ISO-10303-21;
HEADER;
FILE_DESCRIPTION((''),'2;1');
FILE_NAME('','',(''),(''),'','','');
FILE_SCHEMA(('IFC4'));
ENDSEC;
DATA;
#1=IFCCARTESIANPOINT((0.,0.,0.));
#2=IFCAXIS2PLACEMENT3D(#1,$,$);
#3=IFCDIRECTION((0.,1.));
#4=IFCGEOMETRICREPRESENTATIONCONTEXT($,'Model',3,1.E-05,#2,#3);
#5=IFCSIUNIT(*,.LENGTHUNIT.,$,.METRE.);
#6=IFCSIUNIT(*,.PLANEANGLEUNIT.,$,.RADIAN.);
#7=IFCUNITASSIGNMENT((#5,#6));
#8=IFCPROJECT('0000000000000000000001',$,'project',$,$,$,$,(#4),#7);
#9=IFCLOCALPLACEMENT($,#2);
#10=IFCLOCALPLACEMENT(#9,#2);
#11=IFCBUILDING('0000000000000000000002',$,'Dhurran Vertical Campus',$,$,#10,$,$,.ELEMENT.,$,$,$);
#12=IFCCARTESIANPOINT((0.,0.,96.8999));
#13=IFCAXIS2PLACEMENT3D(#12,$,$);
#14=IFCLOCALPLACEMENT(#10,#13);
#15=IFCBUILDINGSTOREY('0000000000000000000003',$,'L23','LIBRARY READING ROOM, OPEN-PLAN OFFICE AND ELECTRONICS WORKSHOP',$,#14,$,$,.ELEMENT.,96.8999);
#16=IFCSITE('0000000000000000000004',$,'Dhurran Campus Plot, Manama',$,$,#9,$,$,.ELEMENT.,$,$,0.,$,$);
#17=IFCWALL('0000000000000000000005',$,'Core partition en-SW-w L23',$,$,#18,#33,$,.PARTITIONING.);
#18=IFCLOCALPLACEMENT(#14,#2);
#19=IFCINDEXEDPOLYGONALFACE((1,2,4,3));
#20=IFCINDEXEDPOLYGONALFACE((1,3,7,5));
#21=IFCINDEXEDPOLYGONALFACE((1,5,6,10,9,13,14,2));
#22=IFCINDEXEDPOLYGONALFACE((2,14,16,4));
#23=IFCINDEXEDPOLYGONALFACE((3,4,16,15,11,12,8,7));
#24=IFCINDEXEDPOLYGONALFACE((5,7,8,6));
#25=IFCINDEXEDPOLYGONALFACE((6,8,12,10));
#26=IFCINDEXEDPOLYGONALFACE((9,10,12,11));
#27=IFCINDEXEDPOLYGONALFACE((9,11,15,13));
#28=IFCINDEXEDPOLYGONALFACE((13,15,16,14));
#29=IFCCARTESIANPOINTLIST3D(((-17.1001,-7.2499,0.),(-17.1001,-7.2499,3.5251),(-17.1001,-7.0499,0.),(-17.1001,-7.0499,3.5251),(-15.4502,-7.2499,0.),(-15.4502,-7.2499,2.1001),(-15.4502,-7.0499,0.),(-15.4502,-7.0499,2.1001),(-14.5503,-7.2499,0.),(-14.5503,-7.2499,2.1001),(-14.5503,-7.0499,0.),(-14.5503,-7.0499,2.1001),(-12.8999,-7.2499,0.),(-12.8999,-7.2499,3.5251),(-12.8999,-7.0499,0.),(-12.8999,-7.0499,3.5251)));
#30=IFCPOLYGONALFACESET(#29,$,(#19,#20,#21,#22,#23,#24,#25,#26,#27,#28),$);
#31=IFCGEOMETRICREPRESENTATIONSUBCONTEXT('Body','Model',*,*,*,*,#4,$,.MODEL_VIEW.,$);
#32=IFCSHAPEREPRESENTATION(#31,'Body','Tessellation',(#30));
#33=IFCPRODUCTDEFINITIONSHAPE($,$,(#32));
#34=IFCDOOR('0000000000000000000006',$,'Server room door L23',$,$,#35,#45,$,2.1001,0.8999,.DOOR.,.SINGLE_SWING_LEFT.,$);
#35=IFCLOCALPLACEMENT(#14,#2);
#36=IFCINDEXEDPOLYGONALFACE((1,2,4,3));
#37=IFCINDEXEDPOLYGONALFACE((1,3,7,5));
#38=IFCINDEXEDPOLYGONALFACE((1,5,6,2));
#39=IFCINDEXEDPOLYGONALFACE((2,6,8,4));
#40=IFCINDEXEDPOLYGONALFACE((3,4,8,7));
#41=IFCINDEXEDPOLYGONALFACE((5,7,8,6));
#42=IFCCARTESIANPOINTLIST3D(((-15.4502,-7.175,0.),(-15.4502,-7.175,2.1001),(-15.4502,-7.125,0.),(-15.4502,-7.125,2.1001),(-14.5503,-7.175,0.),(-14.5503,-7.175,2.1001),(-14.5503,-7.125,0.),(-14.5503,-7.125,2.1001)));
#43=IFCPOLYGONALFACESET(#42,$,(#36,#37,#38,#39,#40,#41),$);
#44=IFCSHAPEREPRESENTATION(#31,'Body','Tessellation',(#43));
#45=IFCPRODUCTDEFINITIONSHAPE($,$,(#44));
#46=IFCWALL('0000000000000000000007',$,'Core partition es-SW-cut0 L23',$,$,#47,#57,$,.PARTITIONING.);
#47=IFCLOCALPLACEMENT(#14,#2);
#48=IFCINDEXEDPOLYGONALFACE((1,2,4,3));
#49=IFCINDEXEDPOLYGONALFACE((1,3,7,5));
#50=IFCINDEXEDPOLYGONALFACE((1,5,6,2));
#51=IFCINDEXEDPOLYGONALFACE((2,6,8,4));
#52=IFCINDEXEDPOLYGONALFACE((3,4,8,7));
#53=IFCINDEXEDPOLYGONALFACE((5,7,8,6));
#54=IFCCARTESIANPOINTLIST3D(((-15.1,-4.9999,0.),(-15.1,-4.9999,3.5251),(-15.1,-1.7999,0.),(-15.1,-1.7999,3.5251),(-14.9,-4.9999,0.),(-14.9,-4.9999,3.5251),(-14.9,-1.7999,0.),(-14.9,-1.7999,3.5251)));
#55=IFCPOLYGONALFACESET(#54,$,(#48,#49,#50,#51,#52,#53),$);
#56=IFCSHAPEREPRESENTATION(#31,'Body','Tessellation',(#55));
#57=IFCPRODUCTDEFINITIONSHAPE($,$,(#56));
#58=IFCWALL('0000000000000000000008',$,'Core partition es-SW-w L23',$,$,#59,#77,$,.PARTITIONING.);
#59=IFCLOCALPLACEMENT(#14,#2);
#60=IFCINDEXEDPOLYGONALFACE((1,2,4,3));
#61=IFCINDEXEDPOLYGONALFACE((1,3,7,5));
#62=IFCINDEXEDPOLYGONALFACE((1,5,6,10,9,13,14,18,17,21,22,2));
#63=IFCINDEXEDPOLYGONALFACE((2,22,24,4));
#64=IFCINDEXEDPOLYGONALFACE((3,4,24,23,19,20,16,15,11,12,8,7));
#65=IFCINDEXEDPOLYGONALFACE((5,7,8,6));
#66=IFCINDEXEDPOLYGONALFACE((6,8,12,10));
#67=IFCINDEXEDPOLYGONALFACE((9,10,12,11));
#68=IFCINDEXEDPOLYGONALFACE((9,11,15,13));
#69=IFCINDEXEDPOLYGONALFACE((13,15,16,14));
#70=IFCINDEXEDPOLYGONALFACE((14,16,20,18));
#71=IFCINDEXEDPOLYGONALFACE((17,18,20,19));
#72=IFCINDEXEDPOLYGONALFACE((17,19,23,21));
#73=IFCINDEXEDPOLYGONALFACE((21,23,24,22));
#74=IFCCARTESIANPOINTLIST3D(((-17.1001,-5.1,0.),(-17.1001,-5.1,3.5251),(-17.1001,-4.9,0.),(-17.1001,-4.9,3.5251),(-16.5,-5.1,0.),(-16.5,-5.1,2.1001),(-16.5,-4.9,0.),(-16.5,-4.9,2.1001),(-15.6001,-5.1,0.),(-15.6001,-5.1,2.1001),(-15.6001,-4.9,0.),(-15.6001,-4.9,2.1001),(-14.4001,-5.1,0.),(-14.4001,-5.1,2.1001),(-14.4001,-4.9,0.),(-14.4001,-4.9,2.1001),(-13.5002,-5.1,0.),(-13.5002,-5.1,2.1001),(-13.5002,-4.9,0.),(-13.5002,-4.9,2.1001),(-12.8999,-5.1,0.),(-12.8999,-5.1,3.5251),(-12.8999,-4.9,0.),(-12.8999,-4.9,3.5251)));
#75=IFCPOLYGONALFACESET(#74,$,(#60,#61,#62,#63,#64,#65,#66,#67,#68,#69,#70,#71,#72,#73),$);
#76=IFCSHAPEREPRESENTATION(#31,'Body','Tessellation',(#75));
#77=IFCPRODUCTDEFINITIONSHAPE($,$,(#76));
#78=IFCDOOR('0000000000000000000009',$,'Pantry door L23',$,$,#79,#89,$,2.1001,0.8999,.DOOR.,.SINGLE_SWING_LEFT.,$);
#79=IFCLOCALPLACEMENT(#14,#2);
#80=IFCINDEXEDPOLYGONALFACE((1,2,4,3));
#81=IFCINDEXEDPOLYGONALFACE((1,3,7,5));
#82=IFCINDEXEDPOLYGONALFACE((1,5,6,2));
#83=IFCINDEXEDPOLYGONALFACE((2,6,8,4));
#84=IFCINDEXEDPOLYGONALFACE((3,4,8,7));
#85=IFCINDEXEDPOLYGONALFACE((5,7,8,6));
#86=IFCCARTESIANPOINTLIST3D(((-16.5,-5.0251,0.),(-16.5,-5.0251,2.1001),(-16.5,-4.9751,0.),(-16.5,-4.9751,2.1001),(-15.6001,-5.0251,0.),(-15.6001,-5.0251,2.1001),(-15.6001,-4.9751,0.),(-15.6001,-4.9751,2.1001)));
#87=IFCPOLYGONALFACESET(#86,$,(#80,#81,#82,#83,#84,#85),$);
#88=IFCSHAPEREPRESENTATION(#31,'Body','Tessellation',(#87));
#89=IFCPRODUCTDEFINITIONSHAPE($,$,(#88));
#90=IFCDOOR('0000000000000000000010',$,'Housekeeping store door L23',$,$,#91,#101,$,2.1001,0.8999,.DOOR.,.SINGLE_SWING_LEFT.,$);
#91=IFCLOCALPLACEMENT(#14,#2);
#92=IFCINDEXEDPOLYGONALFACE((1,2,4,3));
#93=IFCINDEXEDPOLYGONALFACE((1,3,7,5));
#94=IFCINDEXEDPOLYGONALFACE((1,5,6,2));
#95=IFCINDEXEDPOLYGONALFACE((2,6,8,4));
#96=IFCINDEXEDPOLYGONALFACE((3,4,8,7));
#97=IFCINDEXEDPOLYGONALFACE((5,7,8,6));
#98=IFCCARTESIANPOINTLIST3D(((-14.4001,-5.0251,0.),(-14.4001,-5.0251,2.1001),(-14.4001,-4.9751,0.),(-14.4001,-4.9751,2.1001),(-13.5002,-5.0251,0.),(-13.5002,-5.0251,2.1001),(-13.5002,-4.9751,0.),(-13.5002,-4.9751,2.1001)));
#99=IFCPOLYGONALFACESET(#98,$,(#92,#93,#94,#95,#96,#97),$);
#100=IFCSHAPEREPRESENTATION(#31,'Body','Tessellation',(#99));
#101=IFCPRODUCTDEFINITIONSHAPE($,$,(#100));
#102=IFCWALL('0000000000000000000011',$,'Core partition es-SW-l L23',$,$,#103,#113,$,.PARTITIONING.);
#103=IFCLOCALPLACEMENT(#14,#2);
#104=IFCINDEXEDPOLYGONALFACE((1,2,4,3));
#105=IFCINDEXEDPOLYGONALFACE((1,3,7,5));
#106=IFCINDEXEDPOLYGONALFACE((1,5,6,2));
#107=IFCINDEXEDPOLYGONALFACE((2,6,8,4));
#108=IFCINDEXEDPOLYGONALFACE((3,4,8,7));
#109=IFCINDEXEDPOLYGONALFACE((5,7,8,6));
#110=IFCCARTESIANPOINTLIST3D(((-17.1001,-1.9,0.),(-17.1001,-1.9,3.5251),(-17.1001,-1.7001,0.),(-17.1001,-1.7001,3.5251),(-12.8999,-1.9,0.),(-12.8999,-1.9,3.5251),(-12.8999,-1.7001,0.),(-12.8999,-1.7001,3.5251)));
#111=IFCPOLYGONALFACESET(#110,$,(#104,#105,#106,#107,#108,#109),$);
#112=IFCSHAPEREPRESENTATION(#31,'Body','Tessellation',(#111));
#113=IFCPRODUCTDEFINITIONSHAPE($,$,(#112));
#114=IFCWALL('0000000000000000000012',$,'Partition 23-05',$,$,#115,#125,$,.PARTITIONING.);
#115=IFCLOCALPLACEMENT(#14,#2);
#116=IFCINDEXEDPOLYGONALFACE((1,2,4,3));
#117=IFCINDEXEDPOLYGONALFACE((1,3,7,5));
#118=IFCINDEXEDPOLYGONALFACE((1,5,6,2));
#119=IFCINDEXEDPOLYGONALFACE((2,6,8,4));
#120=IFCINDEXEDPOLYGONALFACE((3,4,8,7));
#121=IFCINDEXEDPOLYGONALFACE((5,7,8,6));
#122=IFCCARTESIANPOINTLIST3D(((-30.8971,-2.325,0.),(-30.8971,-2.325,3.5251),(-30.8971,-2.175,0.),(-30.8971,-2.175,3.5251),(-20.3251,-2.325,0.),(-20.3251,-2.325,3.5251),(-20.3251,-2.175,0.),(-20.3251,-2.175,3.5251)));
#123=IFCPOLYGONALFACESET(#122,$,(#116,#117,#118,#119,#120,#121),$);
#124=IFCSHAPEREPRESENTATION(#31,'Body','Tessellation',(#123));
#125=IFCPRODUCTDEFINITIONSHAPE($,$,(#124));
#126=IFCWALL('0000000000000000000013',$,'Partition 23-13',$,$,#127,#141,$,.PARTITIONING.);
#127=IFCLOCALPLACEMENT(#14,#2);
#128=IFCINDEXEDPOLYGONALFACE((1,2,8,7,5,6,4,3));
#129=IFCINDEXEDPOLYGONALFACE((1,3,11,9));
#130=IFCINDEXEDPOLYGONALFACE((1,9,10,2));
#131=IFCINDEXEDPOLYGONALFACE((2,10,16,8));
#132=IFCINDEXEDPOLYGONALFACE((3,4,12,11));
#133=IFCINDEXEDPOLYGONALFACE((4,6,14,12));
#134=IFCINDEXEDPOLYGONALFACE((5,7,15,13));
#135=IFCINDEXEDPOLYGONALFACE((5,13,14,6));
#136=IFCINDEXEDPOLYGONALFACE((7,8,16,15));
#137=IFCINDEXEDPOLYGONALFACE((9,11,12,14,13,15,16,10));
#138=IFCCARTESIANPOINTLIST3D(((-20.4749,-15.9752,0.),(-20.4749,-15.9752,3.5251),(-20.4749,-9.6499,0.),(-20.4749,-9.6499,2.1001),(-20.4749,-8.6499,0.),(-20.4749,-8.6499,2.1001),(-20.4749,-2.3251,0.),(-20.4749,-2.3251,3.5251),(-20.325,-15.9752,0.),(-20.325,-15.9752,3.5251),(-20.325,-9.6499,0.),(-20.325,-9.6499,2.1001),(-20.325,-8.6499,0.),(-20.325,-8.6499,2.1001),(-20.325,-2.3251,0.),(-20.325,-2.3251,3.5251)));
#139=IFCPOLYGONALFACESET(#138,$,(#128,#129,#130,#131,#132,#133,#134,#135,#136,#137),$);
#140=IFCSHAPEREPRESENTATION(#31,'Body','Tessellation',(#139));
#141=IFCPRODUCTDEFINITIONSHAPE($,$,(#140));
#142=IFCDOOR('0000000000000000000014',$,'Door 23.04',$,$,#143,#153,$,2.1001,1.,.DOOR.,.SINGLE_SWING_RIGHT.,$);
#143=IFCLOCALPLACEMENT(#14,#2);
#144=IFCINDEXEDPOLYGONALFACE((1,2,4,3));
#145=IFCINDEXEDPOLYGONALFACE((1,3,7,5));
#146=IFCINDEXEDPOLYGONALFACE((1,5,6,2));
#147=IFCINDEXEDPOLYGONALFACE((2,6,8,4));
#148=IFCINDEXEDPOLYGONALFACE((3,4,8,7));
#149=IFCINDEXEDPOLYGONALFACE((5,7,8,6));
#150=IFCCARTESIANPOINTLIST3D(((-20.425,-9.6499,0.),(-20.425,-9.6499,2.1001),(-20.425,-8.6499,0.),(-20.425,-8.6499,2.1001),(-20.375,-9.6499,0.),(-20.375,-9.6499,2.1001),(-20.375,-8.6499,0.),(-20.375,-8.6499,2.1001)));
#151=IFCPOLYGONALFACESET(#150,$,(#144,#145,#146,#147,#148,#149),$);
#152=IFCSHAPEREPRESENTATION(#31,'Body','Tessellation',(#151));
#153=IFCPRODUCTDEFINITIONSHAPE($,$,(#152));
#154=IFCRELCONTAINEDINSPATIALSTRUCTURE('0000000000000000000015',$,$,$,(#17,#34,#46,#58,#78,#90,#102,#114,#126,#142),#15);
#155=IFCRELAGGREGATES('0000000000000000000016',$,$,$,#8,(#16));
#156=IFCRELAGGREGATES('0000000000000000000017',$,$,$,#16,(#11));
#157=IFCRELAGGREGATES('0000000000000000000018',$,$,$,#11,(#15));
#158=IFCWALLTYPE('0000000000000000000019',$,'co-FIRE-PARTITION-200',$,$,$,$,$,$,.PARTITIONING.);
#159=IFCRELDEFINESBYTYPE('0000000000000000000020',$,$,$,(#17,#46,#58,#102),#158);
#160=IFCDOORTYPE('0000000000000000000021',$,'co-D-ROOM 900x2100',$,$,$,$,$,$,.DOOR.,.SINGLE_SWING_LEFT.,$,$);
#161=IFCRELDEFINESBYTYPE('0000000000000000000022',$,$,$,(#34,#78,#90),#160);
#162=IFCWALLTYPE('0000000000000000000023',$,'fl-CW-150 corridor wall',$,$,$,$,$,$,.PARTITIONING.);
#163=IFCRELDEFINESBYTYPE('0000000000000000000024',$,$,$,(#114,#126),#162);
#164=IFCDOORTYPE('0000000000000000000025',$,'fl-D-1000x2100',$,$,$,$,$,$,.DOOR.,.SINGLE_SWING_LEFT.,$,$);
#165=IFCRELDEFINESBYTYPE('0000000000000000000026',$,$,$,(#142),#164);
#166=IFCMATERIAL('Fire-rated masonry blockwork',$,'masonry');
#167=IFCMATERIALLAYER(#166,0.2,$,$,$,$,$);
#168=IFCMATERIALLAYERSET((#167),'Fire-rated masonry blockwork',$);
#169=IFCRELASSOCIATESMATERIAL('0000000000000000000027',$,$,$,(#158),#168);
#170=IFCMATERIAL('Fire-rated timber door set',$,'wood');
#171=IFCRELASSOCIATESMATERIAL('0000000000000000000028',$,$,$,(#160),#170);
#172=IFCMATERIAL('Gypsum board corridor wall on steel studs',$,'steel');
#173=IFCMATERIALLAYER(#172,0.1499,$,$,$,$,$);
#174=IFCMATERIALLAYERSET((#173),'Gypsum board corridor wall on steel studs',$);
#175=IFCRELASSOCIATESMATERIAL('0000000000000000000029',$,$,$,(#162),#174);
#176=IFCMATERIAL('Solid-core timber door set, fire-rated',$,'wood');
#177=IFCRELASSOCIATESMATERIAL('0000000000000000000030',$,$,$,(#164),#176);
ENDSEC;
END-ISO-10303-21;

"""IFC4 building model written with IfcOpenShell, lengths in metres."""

from ifc_helpers import new_model, si_unit, direction, frame, frame_2d, origin, place, context, subcontext, project, spatial, rectangle, extrude, material, layer, layer_set, type_object, element, fill, save


model = new_model("IFC4")

# Units and contexts
model_context = context("Model", 3, precision=1e-05, world=origin(), true_north=direction((0.0, 1.0)))
body_context = subcontext(model_context, "Body", "Model", "MODEL_VIEW")
ifc_project = project(units=[si_unit("LENGTHUNIT", "METRE"), si_unit("PLANEANGLEUNIT", "RADIAN")], contexts=[model_context])

# Site, building, storey
site_placement = place(None, origin())
site = spatial("IfcSite", under=ifc_project, at=site_placement, Name="Dhurran Campus Plot, Manama", CompositionType="ELEMENT", RefElevation=0.0)
building_placement = place(site_placement, origin())
building = spatial("IfcBuilding", under=site, at=building_placement, Name="Dhurran Vertical Campus", CompositionType="ELEMENT")
storey_placement = place(building_placement, frame((0.0, 0.0, 96.8999)))
storey = spatial("IfcBuildingStorey", under=building, at=storey_placement, Name="L23", Description="LIBRARY READING ROOM, OPEN-PLAN OFFICE AND ELECTRONICS WORKSHOP", CompositionType="ELEMENT", Elevation=96.8999)

# Wall, opening, door
ifc_material_1 = material(Name="Fire-rated masonry blockwork", Category="masonry")
ifc_layer_1 = layer(ifc_material_1, 0.2)
ifc_layer_set_1 = layer_set([ifc_layer_1], Name="Fire-rated masonry blockwork")
wall_type_1 = type_object("IfcWallType", Name="co-FIRE-PARTITION-200", PredefinedType="PARTITIONING", material=ifc_layer_set_1)
wall_1_placement = place(storey_placement, frame((-17.1001, -7.1499, 0.0), z_axis=(0.0, 0.0, 1.0), x_axis=(1.0, 0.0, 0.0)))
wall_1 = element("IfcWall", 1, at=wall_1_placement, inside=storey, type_object=wall_type_1, Name="Core partition en-SW-w L23", PredefinedType="PARTITIONING", context=body_context, shape_type="SweptSolid", body=[
    extrude(rectangle(XDim=4.2002, YDim=0.2, at=frame_2d((2.1001, 0.0))), origin(), (0.0, 0.0, 1.0), 3.5251),
])
opening_1_placement = place(wall_1_placement, frame((1.6499, 0.0, 0.0)))
opening_1 = element("IfcOpeningElement", 2, at=opening_1_placement, cuts=wall_1, PredefinedType="OPENING", context=body_context, shape_type="SweptSolid", body=[
    extrude(rectangle(XDim=0.8999, YDim=2.1001, at=frame_2d((0.45, 1.05))), frame((0.0, 0.1099, 0.0), z_axis=(0.0, -1.0, 0.0), x_axis=(1.0, 0.0, 0.0)), (0.0, 0.0, 1.0), 0.22),
])
ifc_material_2 = material(Name="Fire-rated timber door set", Category="wood")
door_type_1 = type_object("IfcDoorType", Name="co-D-ROOM 900x2100", OperationType="SINGLE_SWING_LEFT", PredefinedType="DOOR", material=ifc_material_2)
door_1_placement = place(opening_1_placement, origin())
door_1 = element("IfcDoor", 3, at=door_1_placement, inside=storey, type_object=door_type_1, Name="Server room door L23", OperationType="SINGLE_SWING_LEFT", OverallHeight=2.1001, OverallWidth=0.8999, PredefinedType="DOOR", context=body_context, shape_type="SweptSolid", body=[
    extrude(rectangle(XDim=0.8999, YDim=2.1001, at=frame_2d((0.45, 1.05))), frame((0.0, 0.0249, 0.0), z_axis=(0.0, -1.0, 0.0), x_axis=(1.0, 0.0, 0.0)), (0.0, 0.0, 1.0), 0.05),
])
fill(opening_1, door_1)

# Wall
wall_2_placement = place(storey_placement, frame((-15.0, -5.0, 0.0), z_axis=(0.0, 0.0, 1.0), x_axis=(0.0, 1.0, 0.0)))
element("IfcWall", 4, at=wall_2_placement, inside=storey, type_object=wall_type_1, Name="Core partition es-SW-cut0 L23", PredefinedType="PARTITIONING", context=body_context, shape_type="SweptSolid", body=[
    extrude(rectangle(XDim=3.2, YDim=0.2, at=frame_2d((1.6001, 0.0))), origin(), (0.0, 0.0, 1.0), 3.5251),
])

# Wall, openings, doors
wall_3_placement = place(storey_placement, frame((-17.1001, -5.0, 0.0), z_axis=(0.0, 0.0, 1.0), x_axis=(1.0, 0.0, 0.0)))
wall_3 = element("IfcWall", 5, at=wall_3_placement, inside=storey, type_object=wall_type_1, Name="Core partition es-SW-w L23", PredefinedType="PARTITIONING", context=body_context, shape_type="SweptSolid", body=[
    extrude(rectangle(XDim=4.2002, YDim=0.2, at=frame_2d((2.1001, 0.0))), origin(), (0.0, 0.0, 1.0), 3.5251),
])
opening_2_placement = place(wall_3_placement, frame((0.6001, 0.0, 0.0)))
opening_2 = element("IfcOpeningElement", 6, at=opening_2_placement, cuts=wall_3, PredefinedType="OPENING", context=body_context, shape_type="SweptSolid", body=[
    extrude(rectangle(XDim=0.8999, YDim=2.1001, at=frame_2d((0.45, 1.05))), frame((0.0, 0.1099, 0.0), z_axis=(0.0, -1.0, 0.0), x_axis=(1.0, 0.0, 0.0)), (0.0, 0.0, 1.0), 0.22),
])
opening_3_placement = place(wall_3_placement, frame((2.7, 0.0, 0.0)))
opening_3 = element("IfcOpeningElement", 7, at=opening_3_placement, cuts=wall_3, PredefinedType="OPENING", context=body_context, shape_type="SweptSolid", body=[
    extrude(rectangle(XDim=0.8999, YDim=2.1001, at=frame_2d((0.45, 1.05))), frame((0.0, 0.1099, 0.0), z_axis=(0.0, -1.0, 0.0), x_axis=(1.0, 0.0, 0.0)), (0.0, 0.0, 1.0), 0.22),
])
door_2_placement = place(opening_2_placement, origin())
door_2 = element("IfcDoor", 8, at=door_2_placement, inside=storey, type_object=door_type_1, Name="Pantry door L23", OperationType="SINGLE_SWING_LEFT", OverallHeight=2.1001, OverallWidth=0.8999, PredefinedType="DOOR", context=body_context, shape_type="SweptSolid", body=[
    extrude(rectangle(XDim=0.8999, YDim=2.1001, at=frame_2d((0.45, 1.05))), frame((0.0, 0.0249, 0.0), z_axis=(0.0, -1.0, 0.0), x_axis=(1.0, 0.0, 0.0)), (0.0, 0.0, 1.0), 0.05),
])
fill(opening_2, door_2)
door_3_placement = place(opening_3_placement, origin())
door_3 = element("IfcDoor", 9, at=door_3_placement, inside=storey, type_object=door_type_1, Name="Housekeeping store door L23", OperationType="SINGLE_SWING_LEFT", OverallHeight=2.1001, OverallWidth=0.8999, PredefinedType="DOOR", context=body_context, shape_type="SweptSolid", body=[
    extrude(rectangle(XDim=0.8999, YDim=2.1001, at=frame_2d((0.45, 1.05))), frame((0.0, 0.0249, 0.0), z_axis=(0.0, -1.0, 0.0), x_axis=(1.0, 0.0, 0.0)), (0.0, 0.0, 1.0), 0.05),
])
fill(opening_3, door_3)

# Walls
wall_4_placement = place(storey_placement, frame((-17.1001, -1.8, 0.0), z_axis=(0.0, 0.0, 1.0), x_axis=(1.0, 0.0, 0.0)))
element("IfcWall", 10, at=wall_4_placement, inside=storey, type_object=wall_type_1, Name="Core partition es-SW-l L23", PredefinedType="PARTITIONING", context=body_context, shape_type="SweptSolid", body=[
    extrude(rectangle(XDim=4.2002, YDim=0.2, at=frame_2d((2.1001, 0.0))), origin(), (0.0, 0.0, 1.0), 3.5251),
])
ifc_material_3 = material(Name="Gypsum board corridor wall on steel studs", Category="steel")
ifc_layer_2 = layer(ifc_material_3, 0.1499)
ifc_layer_set_2 = layer_set([ifc_layer_2], Name="Gypsum board corridor wall on steel studs")
wall_type_2 = type_object("IfcWallType", Name="fl-CW-150 corridor wall", PredefinedType="PARTITIONING", material=ifc_layer_set_2)
wall_5_placement = place(storey_placement, frame((-20.325, -2.25, 0.0), z_axis=(0.0, 0.0, 1.0), x_axis=(-1.0, 0.0, 0.0)))
element("IfcWall", 11, at=wall_5_placement, inside=storey, type_object=wall_type_2, Name="Partition 23-05", PredefinedType="PARTITIONING", context=body_context, shape_type="SweptSolid", body=[
    extrude(rectangle(XDim=10.572, YDim=0.1499, at=frame_2d((5.2861, 0.0))), origin(), (0.0, 0.0, 1.0), 3.5251),
])

# Wall, opening, door
wall_6_placement = place(storey_placement, frame((-20.3999, -2.325, 0.0), z_axis=(0.0, 0.0, 1.0), x_axis=(0.0, -1.0, 0.0)))
wall_6 = element("IfcWall", 12, at=wall_6_placement, inside=storey, type_object=wall_type_2, Name="Partition 23-13", PredefinedType="PARTITIONING", context=body_context, shape_type="SweptSolid", body=[
    extrude(rectangle(XDim=13.6501, YDim=0.1499, at=frame_2d((6.8252, 0.0))), origin(), (0.0, 0.0, 1.0), 3.5251),
])
opening_4_placement = place(wall_6_placement, frame((6.325, 0.0, 0.0)))
opening_4 = element("IfcOpeningElement", 13, at=opening_4_placement, cuts=wall_6, PredefinedType="OPENING", context=body_context, shape_type="SweptSolid", body=[
    extrude(rectangle(XDim=1.0, YDim=2.1001, at=frame_2d((0.5, 1.05))), frame((0.0, 0.085, 0.0), z_axis=(0.0, -1.0, 0.0), x_axis=(1.0, 0.0, 0.0)), (0.0, 0.0, 1.0), 0.1699),
])
ifc_material_4 = material(Name="Solid-core timber door set, fire-rated", Category="wood")
door_type_2 = type_object("IfcDoorType", Name="fl-D-1000x2100", OperationType="SINGLE_SWING_LEFT", PredefinedType="DOOR", material=ifc_material_4)
door_4_placement = place(opening_4_placement, origin())
door_4 = element("IfcDoor", 14, at=door_4_placement, inside=storey, type_object=door_type_2, Name="Door 23.04", OperationType="SINGLE_SWING_RIGHT", OverallHeight=2.1001, OverallWidth=1.0, PredefinedType="DOOR", context=body_context, shape_type="SweptSolid", body=[
    extrude(rectangle(XDim=1.0, YDim=2.1001, at=frame_2d((0.5, 1.05))), frame((0.0, 0.0249, 0.0), z_axis=(0.0, -1.0, 0.0), x_axis=(1.0, 0.0, 0.0)), (0.0, 0.0, 1.0), 0.05),
])
fill(opening_4, door_4)

save(model, "model.ifc")
